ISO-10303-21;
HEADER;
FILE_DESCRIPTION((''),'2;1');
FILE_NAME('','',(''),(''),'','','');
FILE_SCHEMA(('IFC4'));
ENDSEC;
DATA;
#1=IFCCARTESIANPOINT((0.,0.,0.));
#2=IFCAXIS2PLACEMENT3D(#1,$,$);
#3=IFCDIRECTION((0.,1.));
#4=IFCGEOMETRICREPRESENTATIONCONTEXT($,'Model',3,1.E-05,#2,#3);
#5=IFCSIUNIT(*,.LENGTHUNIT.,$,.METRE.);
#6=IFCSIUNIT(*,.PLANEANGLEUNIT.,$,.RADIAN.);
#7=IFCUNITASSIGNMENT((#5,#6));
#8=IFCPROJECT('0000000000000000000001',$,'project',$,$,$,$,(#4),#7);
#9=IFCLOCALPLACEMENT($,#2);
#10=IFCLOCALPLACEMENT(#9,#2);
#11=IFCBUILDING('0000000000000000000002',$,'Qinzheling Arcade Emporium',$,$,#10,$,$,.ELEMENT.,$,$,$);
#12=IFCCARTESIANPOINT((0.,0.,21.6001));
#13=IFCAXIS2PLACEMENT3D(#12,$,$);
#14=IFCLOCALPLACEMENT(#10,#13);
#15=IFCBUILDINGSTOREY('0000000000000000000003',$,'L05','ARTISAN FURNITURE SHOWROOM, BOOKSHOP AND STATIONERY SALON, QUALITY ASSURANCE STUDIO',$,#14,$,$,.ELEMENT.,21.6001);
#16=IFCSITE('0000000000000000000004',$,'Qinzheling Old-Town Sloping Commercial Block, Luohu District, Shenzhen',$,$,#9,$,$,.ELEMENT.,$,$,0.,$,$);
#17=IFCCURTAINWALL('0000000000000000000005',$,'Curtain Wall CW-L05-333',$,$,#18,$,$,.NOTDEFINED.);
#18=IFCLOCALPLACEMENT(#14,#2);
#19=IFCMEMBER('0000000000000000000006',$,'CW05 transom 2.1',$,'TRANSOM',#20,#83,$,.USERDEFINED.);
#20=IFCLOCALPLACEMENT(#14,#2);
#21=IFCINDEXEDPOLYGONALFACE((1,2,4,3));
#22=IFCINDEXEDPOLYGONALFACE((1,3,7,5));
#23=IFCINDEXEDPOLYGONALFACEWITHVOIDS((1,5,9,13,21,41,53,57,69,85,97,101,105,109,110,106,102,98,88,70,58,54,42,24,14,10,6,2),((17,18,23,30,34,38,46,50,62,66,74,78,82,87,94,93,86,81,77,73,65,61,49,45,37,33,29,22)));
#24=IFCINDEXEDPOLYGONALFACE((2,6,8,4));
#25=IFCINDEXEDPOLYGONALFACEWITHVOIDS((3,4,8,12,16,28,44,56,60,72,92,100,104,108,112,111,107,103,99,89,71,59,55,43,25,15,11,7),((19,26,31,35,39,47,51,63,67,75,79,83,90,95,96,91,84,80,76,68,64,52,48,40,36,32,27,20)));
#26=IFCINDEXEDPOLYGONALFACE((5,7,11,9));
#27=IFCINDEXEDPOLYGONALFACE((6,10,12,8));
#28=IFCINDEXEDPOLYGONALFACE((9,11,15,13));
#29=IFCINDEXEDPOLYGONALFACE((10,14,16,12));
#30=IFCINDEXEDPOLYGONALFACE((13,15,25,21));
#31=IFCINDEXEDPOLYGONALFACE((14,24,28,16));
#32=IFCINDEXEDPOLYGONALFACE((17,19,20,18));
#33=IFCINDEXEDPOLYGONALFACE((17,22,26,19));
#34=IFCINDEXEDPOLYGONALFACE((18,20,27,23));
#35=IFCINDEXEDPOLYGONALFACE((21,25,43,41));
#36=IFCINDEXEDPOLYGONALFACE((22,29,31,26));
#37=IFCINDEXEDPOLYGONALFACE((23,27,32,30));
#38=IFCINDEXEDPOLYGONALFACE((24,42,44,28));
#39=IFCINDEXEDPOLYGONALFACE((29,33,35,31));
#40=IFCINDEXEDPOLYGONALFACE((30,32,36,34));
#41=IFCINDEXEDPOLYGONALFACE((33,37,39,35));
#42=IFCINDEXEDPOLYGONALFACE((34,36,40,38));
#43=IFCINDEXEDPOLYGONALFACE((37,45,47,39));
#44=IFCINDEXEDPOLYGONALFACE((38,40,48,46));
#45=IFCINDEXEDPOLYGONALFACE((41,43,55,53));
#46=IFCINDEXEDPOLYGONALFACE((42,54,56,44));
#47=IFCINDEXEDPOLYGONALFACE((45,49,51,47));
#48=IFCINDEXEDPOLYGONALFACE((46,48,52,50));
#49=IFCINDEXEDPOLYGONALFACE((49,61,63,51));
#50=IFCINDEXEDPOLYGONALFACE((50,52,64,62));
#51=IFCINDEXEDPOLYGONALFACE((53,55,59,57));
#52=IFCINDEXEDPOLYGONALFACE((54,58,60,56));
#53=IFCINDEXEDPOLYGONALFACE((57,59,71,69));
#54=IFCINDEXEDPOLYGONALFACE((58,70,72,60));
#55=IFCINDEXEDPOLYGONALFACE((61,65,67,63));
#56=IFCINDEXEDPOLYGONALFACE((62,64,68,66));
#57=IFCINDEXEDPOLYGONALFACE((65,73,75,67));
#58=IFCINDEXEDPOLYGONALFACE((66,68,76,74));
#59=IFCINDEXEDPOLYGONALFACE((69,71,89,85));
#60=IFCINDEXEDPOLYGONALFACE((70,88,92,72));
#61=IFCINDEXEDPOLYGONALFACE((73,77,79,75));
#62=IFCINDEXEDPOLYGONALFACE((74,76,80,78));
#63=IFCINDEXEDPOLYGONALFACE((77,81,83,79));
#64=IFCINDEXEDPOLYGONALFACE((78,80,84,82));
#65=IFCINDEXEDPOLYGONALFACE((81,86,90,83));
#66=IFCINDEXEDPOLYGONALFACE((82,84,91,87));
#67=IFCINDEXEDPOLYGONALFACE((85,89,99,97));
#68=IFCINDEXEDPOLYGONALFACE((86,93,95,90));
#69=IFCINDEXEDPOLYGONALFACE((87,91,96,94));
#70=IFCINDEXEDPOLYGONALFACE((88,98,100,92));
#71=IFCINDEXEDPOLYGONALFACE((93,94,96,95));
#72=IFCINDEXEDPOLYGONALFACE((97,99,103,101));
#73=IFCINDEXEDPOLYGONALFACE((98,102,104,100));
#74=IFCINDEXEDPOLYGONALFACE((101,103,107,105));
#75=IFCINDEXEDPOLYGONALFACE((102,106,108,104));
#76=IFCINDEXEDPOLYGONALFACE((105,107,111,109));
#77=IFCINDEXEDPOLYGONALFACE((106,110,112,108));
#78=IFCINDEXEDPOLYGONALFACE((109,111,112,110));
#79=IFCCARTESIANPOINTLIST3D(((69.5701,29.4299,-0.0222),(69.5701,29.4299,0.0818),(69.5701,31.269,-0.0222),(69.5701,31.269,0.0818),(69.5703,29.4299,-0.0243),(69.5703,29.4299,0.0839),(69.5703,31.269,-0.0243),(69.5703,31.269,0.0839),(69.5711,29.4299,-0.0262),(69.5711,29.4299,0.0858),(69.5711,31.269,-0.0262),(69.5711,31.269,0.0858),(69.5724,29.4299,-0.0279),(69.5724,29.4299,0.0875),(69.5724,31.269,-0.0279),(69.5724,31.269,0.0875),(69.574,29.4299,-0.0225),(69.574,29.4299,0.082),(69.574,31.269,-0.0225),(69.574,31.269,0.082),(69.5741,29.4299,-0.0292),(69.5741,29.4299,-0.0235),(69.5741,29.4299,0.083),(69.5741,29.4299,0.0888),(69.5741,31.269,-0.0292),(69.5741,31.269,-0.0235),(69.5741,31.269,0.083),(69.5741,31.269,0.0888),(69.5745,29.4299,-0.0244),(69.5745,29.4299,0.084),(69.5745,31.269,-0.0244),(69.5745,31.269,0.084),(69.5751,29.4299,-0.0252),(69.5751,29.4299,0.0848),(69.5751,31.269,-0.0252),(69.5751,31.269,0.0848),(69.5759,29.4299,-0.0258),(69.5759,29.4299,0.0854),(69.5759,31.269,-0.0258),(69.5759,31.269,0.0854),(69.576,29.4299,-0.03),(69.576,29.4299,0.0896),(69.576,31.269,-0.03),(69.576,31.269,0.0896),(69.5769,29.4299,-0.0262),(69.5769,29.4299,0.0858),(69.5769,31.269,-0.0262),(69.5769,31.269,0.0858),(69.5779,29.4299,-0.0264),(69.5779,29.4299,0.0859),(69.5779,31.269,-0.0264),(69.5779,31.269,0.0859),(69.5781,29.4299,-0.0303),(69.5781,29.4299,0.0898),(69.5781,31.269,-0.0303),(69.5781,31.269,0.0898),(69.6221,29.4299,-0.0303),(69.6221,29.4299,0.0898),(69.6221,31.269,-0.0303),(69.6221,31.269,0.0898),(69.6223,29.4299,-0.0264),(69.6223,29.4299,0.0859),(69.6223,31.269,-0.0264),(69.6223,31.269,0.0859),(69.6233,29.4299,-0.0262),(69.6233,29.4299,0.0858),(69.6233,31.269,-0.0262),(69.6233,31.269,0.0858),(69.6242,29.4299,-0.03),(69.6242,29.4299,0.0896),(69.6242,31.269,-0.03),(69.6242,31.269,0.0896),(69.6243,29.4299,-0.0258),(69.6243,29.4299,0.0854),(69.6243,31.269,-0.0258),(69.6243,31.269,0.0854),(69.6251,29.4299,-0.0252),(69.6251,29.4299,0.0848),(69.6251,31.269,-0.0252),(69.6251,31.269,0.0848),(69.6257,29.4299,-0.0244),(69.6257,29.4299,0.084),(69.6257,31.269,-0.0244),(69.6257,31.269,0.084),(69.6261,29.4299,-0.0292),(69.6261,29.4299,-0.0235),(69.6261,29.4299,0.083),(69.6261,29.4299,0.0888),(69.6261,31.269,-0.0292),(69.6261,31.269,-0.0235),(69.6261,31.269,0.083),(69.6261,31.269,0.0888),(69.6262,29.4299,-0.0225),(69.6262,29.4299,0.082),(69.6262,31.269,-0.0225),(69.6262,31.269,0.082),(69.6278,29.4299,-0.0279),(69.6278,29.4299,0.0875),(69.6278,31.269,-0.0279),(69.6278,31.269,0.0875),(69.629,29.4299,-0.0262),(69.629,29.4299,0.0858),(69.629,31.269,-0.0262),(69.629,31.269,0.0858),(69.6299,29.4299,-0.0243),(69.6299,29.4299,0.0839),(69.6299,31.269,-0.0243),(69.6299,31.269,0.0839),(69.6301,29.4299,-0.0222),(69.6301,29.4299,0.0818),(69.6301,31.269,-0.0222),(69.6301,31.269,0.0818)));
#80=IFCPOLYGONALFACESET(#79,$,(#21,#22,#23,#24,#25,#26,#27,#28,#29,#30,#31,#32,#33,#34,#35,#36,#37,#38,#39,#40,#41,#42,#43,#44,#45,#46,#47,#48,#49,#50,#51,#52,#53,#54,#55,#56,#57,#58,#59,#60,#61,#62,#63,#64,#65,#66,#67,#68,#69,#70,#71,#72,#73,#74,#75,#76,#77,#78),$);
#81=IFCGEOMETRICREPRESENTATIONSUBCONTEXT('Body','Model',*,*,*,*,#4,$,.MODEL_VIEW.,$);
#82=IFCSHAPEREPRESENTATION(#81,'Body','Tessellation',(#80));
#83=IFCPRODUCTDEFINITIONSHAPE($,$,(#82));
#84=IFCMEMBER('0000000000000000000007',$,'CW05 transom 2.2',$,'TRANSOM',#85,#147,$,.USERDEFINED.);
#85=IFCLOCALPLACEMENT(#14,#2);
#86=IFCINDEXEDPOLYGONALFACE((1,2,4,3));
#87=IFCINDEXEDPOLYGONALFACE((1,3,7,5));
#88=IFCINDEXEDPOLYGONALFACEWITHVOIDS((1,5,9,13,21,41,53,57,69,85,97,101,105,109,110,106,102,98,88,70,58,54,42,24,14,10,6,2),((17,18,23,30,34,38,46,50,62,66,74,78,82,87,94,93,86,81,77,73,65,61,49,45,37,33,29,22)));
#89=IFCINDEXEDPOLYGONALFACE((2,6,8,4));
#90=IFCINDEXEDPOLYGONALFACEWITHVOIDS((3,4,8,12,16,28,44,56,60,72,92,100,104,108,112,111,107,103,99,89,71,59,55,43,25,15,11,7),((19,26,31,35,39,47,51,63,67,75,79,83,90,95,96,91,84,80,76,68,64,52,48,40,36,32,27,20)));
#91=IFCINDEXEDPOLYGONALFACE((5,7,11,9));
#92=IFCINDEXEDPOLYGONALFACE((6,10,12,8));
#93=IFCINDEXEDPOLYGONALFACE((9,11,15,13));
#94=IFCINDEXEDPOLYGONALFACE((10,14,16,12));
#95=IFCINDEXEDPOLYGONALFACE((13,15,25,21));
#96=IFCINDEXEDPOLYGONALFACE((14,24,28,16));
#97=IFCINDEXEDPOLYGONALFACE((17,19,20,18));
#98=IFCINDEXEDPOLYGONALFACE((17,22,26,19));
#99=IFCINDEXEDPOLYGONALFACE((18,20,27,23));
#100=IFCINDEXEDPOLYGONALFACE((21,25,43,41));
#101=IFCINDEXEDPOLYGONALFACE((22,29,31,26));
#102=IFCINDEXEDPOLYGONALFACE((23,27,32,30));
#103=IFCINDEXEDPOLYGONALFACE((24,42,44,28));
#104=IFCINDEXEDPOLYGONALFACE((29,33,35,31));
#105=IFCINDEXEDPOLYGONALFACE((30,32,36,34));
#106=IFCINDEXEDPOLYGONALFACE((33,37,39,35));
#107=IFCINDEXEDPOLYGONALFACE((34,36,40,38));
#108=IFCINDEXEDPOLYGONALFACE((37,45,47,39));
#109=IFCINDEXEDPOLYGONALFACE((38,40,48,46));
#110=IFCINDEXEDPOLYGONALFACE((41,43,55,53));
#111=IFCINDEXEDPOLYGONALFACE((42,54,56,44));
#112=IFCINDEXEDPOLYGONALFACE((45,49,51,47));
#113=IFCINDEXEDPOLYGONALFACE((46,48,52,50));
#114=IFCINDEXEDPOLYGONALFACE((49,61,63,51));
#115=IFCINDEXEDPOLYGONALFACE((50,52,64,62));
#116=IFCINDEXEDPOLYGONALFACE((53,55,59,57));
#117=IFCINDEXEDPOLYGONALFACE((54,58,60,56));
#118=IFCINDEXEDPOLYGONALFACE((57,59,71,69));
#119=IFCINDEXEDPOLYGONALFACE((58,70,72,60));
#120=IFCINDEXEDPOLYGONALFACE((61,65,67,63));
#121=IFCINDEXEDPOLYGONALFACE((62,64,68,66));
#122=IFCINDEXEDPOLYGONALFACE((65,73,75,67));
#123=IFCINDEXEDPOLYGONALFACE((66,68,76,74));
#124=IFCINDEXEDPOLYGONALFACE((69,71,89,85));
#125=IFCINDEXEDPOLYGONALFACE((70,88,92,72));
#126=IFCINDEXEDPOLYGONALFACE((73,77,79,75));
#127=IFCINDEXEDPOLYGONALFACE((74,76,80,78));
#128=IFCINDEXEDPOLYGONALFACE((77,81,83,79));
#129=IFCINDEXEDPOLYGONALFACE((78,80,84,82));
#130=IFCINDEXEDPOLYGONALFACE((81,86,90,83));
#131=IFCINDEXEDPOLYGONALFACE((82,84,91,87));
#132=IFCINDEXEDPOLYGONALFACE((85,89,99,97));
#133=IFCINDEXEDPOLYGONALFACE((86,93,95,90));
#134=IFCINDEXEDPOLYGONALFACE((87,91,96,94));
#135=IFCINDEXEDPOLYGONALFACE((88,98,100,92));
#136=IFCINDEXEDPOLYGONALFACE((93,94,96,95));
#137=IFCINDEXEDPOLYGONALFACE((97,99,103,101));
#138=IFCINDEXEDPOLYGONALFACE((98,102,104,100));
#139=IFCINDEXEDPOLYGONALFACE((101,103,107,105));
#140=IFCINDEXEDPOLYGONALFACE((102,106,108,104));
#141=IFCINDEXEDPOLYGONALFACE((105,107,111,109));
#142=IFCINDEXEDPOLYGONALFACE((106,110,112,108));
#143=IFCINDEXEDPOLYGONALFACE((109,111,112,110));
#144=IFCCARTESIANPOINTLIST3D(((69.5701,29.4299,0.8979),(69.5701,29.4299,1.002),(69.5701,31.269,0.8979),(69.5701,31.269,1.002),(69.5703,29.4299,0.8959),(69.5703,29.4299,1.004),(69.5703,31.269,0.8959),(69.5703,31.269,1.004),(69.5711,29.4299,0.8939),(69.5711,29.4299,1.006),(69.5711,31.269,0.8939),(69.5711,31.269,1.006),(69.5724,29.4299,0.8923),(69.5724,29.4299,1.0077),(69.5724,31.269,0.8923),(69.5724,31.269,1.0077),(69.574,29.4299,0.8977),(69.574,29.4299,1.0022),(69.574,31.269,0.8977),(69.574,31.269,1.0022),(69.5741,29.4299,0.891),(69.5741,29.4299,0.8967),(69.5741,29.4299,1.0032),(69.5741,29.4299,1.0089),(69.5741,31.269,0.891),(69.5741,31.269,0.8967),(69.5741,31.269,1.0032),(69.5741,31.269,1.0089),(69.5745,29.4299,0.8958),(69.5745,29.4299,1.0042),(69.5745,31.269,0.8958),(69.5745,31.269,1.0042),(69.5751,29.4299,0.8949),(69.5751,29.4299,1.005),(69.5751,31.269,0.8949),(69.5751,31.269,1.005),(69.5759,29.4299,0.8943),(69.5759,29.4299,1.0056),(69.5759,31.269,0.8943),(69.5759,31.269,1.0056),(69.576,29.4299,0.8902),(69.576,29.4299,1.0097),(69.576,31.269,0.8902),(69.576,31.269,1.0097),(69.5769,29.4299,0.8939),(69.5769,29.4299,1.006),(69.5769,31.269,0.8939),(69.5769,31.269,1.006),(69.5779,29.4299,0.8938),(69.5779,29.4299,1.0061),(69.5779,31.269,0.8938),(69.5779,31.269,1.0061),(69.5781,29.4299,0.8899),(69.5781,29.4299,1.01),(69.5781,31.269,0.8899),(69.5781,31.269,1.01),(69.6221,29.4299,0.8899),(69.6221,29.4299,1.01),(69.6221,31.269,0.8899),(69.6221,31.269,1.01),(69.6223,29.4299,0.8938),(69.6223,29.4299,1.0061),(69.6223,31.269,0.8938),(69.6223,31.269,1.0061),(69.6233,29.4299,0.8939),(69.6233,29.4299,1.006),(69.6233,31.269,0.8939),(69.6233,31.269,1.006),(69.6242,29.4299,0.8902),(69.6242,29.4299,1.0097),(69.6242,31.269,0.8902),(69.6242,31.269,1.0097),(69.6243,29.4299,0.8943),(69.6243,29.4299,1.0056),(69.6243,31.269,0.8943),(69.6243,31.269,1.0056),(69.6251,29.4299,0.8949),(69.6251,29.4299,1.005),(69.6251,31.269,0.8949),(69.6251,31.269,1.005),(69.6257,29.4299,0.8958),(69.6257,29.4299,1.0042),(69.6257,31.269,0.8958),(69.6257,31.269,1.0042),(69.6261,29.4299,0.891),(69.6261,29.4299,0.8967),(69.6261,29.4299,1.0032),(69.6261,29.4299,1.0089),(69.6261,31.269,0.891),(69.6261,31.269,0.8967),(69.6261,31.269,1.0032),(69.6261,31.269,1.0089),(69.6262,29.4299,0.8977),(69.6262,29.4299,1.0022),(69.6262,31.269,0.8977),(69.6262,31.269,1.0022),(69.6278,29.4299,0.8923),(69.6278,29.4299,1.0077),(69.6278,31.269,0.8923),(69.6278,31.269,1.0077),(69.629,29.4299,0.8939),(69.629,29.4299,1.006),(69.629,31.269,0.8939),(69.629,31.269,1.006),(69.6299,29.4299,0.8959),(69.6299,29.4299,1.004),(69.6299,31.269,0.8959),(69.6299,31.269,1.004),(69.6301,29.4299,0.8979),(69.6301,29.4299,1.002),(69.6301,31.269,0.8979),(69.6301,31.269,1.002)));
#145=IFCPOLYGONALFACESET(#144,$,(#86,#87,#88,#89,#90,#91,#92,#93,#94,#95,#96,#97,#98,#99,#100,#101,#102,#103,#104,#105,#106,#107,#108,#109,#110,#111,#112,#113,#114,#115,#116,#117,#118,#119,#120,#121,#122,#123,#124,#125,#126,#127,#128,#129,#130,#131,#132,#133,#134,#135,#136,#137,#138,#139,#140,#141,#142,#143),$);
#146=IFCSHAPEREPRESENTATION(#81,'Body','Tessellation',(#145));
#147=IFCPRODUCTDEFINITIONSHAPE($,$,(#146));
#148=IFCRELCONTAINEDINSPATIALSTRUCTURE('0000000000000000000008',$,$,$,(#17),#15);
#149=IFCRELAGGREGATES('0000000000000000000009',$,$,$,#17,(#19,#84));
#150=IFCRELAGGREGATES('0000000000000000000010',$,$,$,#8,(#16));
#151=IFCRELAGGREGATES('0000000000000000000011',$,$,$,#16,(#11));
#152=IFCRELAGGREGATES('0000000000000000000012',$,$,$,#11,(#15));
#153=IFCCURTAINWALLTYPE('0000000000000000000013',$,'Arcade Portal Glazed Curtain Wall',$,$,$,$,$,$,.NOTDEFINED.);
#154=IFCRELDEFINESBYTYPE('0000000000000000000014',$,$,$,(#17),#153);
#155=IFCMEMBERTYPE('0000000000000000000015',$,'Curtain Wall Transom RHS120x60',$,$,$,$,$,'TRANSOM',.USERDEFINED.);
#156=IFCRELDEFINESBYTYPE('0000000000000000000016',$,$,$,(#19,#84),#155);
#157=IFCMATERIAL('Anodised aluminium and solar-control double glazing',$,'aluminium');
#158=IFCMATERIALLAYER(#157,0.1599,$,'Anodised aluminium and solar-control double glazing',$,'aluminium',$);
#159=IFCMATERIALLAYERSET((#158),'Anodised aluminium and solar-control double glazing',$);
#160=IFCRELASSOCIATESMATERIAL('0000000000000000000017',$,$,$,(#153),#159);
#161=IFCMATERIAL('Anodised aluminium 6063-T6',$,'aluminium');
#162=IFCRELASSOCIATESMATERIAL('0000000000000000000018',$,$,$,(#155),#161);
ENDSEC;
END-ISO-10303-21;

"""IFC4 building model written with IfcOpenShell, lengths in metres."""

from ifc_helpers import new_model, si_unit, direction, frame, origin, origin_2d, place, context, subcontext, project, spatial, hollow_rectangle, extrude, material, layer, layer_set, material_profile, profile_set, type_object, element, aggregate, save


model = new_model("IFC4")

# Units and contexts
model_context = context("Model", 3, precision=1e-05, world=origin(), true_north=direction((0.0, 1.0)))
body_context = subcontext(model_context, "Body", "Model", "MODEL_VIEW")
ifc_project = project(units=[si_unit("LENGTHUNIT", "METRE"), si_unit("PLANEANGLEUNIT", "RADIAN")], contexts=[model_context])

# Site, building, storey
site_placement = place(None, origin())
site = spatial("IfcSite", under=ifc_project, at=site_placement, Name="Qinzheling Old-Town Sloping Commercial Block, Luohu District, Shenzhen", CompositionType="ELEMENT", RefElevation=0.0)
building_placement = place(site_placement, origin())
building = spatial("IfcBuilding", under=site, at=building_placement, Name="Qinzheling Arcade Emporium", CompositionType="ELEMENT")
storey_placement = place(building_placement, frame((0.0, 0.0, 21.6001)))
storey = spatial("IfcBuildingStorey", under=building, at=storey_placement, Name="L05", Description="ARTISAN FURNITURE SHOWROOM, BOOKSHOP AND STATIONERY SALON, QUALITY ASSURANCE STUDIO", CompositionType="ELEMENT", Elevation=21.6001)

# Curtain wall, members
ifc_material_1 = material(Name="Anodised aluminium and solar-control double glazing", Category="aluminium")
ifc_layer_1 = layer(ifc_material_1, 0.1599, Name="Anodised aluminium and solar-control double glazing", Category="aluminium")
ifc_layer_set_1 = layer_set([ifc_layer_1], Name="Anodised aluminium and solar-control double glazing")
curtain_wall_type = type_object("IfcCurtainWallType", Name="Arcade Portal Glazed Curtain Wall", PredefinedType="NOTDEFINED", material=ifc_layer_set_1)
curtain_wall_placement = place(storey_placement, origin())
curtain_wall = element("IfcCurtainWall", 1, at=curtain_wall_placement, inside=storey, type_object=curtain_wall_type, Name="Curtain Wall CW-L05-333", PredefinedType="NOTDEFINED")
ifc_material_2 = material(Name="Anodised aluminium 6063-T6", Category="aluminium")
ifc_material_profile_1 = material_profile(ifc_material_2, hollow_rectangle(XDim=0.0601, YDim=0.1201, WallThickness=0.0039, InnerFilletRadius=0.0039, OuterFilletRadius=0.0081, at=origin_2d()), Name="RHS 120x60x4", Category="aluminium")
ifc_profile_set_1 = profile_set([ifc_material_profile_1], Name="Anodised aluminium 6063-T6")
member_type_1 = type_object("IfcMemberType", Name="Curtain Wall Transom RHS120x60", ElementType="TRANSOM", PredefinedType="USERDEFINED", material=ifc_profile_set_1)
member_1_placement = place(storey_placement, frame((69.6001, 31.269, 0.0298), z_axis=(0.0, -1.0, 0.0), x_axis=(1.0, 0.0, 0.0)))
member_1 = element("IfcMember", 2, at=member_1_placement, type_object=member_type_1, Name="CW05 transom 2.1", ObjectType="TRANSOM", PredefinedType="USERDEFINED", context=body_context, shape_type="SweptSolid", body=[
    extrude(hollow_rectangle(XDim=0.0601, YDim=0.1201, WallThickness=0.0039, InnerFilletRadius=0.0039, OuterFilletRadius=0.0081, at=origin_2d()), origin(), (0.0, 0.0, 1.0), 1.8391),
])
member_2_placement = place(storey_placement, frame((69.6001, 31.269, 0.95), z_axis=(0.0, -1.0, 0.0), x_axis=(1.0, 0.0, 0.0)))
member_2 = element("IfcMember", 3, at=member_2_placement, type_object=member_type_1, Name="CW05 transom 2.2", ObjectType="TRANSOM", PredefinedType="USERDEFINED", context=body_context, shape_type="SweptSolid", body=[
    extrude(hollow_rectangle(XDim=0.0601, YDim=0.1201, WallThickness=0.0039, InnerFilletRadius=0.0039, OuterFilletRadius=0.0081, at=origin_2d()), origin(), (0.0, 0.0, 1.0), 1.8391),
])

aggregate(curtain_wall, [member_1, member_2])

save(model, "model.ifc")
